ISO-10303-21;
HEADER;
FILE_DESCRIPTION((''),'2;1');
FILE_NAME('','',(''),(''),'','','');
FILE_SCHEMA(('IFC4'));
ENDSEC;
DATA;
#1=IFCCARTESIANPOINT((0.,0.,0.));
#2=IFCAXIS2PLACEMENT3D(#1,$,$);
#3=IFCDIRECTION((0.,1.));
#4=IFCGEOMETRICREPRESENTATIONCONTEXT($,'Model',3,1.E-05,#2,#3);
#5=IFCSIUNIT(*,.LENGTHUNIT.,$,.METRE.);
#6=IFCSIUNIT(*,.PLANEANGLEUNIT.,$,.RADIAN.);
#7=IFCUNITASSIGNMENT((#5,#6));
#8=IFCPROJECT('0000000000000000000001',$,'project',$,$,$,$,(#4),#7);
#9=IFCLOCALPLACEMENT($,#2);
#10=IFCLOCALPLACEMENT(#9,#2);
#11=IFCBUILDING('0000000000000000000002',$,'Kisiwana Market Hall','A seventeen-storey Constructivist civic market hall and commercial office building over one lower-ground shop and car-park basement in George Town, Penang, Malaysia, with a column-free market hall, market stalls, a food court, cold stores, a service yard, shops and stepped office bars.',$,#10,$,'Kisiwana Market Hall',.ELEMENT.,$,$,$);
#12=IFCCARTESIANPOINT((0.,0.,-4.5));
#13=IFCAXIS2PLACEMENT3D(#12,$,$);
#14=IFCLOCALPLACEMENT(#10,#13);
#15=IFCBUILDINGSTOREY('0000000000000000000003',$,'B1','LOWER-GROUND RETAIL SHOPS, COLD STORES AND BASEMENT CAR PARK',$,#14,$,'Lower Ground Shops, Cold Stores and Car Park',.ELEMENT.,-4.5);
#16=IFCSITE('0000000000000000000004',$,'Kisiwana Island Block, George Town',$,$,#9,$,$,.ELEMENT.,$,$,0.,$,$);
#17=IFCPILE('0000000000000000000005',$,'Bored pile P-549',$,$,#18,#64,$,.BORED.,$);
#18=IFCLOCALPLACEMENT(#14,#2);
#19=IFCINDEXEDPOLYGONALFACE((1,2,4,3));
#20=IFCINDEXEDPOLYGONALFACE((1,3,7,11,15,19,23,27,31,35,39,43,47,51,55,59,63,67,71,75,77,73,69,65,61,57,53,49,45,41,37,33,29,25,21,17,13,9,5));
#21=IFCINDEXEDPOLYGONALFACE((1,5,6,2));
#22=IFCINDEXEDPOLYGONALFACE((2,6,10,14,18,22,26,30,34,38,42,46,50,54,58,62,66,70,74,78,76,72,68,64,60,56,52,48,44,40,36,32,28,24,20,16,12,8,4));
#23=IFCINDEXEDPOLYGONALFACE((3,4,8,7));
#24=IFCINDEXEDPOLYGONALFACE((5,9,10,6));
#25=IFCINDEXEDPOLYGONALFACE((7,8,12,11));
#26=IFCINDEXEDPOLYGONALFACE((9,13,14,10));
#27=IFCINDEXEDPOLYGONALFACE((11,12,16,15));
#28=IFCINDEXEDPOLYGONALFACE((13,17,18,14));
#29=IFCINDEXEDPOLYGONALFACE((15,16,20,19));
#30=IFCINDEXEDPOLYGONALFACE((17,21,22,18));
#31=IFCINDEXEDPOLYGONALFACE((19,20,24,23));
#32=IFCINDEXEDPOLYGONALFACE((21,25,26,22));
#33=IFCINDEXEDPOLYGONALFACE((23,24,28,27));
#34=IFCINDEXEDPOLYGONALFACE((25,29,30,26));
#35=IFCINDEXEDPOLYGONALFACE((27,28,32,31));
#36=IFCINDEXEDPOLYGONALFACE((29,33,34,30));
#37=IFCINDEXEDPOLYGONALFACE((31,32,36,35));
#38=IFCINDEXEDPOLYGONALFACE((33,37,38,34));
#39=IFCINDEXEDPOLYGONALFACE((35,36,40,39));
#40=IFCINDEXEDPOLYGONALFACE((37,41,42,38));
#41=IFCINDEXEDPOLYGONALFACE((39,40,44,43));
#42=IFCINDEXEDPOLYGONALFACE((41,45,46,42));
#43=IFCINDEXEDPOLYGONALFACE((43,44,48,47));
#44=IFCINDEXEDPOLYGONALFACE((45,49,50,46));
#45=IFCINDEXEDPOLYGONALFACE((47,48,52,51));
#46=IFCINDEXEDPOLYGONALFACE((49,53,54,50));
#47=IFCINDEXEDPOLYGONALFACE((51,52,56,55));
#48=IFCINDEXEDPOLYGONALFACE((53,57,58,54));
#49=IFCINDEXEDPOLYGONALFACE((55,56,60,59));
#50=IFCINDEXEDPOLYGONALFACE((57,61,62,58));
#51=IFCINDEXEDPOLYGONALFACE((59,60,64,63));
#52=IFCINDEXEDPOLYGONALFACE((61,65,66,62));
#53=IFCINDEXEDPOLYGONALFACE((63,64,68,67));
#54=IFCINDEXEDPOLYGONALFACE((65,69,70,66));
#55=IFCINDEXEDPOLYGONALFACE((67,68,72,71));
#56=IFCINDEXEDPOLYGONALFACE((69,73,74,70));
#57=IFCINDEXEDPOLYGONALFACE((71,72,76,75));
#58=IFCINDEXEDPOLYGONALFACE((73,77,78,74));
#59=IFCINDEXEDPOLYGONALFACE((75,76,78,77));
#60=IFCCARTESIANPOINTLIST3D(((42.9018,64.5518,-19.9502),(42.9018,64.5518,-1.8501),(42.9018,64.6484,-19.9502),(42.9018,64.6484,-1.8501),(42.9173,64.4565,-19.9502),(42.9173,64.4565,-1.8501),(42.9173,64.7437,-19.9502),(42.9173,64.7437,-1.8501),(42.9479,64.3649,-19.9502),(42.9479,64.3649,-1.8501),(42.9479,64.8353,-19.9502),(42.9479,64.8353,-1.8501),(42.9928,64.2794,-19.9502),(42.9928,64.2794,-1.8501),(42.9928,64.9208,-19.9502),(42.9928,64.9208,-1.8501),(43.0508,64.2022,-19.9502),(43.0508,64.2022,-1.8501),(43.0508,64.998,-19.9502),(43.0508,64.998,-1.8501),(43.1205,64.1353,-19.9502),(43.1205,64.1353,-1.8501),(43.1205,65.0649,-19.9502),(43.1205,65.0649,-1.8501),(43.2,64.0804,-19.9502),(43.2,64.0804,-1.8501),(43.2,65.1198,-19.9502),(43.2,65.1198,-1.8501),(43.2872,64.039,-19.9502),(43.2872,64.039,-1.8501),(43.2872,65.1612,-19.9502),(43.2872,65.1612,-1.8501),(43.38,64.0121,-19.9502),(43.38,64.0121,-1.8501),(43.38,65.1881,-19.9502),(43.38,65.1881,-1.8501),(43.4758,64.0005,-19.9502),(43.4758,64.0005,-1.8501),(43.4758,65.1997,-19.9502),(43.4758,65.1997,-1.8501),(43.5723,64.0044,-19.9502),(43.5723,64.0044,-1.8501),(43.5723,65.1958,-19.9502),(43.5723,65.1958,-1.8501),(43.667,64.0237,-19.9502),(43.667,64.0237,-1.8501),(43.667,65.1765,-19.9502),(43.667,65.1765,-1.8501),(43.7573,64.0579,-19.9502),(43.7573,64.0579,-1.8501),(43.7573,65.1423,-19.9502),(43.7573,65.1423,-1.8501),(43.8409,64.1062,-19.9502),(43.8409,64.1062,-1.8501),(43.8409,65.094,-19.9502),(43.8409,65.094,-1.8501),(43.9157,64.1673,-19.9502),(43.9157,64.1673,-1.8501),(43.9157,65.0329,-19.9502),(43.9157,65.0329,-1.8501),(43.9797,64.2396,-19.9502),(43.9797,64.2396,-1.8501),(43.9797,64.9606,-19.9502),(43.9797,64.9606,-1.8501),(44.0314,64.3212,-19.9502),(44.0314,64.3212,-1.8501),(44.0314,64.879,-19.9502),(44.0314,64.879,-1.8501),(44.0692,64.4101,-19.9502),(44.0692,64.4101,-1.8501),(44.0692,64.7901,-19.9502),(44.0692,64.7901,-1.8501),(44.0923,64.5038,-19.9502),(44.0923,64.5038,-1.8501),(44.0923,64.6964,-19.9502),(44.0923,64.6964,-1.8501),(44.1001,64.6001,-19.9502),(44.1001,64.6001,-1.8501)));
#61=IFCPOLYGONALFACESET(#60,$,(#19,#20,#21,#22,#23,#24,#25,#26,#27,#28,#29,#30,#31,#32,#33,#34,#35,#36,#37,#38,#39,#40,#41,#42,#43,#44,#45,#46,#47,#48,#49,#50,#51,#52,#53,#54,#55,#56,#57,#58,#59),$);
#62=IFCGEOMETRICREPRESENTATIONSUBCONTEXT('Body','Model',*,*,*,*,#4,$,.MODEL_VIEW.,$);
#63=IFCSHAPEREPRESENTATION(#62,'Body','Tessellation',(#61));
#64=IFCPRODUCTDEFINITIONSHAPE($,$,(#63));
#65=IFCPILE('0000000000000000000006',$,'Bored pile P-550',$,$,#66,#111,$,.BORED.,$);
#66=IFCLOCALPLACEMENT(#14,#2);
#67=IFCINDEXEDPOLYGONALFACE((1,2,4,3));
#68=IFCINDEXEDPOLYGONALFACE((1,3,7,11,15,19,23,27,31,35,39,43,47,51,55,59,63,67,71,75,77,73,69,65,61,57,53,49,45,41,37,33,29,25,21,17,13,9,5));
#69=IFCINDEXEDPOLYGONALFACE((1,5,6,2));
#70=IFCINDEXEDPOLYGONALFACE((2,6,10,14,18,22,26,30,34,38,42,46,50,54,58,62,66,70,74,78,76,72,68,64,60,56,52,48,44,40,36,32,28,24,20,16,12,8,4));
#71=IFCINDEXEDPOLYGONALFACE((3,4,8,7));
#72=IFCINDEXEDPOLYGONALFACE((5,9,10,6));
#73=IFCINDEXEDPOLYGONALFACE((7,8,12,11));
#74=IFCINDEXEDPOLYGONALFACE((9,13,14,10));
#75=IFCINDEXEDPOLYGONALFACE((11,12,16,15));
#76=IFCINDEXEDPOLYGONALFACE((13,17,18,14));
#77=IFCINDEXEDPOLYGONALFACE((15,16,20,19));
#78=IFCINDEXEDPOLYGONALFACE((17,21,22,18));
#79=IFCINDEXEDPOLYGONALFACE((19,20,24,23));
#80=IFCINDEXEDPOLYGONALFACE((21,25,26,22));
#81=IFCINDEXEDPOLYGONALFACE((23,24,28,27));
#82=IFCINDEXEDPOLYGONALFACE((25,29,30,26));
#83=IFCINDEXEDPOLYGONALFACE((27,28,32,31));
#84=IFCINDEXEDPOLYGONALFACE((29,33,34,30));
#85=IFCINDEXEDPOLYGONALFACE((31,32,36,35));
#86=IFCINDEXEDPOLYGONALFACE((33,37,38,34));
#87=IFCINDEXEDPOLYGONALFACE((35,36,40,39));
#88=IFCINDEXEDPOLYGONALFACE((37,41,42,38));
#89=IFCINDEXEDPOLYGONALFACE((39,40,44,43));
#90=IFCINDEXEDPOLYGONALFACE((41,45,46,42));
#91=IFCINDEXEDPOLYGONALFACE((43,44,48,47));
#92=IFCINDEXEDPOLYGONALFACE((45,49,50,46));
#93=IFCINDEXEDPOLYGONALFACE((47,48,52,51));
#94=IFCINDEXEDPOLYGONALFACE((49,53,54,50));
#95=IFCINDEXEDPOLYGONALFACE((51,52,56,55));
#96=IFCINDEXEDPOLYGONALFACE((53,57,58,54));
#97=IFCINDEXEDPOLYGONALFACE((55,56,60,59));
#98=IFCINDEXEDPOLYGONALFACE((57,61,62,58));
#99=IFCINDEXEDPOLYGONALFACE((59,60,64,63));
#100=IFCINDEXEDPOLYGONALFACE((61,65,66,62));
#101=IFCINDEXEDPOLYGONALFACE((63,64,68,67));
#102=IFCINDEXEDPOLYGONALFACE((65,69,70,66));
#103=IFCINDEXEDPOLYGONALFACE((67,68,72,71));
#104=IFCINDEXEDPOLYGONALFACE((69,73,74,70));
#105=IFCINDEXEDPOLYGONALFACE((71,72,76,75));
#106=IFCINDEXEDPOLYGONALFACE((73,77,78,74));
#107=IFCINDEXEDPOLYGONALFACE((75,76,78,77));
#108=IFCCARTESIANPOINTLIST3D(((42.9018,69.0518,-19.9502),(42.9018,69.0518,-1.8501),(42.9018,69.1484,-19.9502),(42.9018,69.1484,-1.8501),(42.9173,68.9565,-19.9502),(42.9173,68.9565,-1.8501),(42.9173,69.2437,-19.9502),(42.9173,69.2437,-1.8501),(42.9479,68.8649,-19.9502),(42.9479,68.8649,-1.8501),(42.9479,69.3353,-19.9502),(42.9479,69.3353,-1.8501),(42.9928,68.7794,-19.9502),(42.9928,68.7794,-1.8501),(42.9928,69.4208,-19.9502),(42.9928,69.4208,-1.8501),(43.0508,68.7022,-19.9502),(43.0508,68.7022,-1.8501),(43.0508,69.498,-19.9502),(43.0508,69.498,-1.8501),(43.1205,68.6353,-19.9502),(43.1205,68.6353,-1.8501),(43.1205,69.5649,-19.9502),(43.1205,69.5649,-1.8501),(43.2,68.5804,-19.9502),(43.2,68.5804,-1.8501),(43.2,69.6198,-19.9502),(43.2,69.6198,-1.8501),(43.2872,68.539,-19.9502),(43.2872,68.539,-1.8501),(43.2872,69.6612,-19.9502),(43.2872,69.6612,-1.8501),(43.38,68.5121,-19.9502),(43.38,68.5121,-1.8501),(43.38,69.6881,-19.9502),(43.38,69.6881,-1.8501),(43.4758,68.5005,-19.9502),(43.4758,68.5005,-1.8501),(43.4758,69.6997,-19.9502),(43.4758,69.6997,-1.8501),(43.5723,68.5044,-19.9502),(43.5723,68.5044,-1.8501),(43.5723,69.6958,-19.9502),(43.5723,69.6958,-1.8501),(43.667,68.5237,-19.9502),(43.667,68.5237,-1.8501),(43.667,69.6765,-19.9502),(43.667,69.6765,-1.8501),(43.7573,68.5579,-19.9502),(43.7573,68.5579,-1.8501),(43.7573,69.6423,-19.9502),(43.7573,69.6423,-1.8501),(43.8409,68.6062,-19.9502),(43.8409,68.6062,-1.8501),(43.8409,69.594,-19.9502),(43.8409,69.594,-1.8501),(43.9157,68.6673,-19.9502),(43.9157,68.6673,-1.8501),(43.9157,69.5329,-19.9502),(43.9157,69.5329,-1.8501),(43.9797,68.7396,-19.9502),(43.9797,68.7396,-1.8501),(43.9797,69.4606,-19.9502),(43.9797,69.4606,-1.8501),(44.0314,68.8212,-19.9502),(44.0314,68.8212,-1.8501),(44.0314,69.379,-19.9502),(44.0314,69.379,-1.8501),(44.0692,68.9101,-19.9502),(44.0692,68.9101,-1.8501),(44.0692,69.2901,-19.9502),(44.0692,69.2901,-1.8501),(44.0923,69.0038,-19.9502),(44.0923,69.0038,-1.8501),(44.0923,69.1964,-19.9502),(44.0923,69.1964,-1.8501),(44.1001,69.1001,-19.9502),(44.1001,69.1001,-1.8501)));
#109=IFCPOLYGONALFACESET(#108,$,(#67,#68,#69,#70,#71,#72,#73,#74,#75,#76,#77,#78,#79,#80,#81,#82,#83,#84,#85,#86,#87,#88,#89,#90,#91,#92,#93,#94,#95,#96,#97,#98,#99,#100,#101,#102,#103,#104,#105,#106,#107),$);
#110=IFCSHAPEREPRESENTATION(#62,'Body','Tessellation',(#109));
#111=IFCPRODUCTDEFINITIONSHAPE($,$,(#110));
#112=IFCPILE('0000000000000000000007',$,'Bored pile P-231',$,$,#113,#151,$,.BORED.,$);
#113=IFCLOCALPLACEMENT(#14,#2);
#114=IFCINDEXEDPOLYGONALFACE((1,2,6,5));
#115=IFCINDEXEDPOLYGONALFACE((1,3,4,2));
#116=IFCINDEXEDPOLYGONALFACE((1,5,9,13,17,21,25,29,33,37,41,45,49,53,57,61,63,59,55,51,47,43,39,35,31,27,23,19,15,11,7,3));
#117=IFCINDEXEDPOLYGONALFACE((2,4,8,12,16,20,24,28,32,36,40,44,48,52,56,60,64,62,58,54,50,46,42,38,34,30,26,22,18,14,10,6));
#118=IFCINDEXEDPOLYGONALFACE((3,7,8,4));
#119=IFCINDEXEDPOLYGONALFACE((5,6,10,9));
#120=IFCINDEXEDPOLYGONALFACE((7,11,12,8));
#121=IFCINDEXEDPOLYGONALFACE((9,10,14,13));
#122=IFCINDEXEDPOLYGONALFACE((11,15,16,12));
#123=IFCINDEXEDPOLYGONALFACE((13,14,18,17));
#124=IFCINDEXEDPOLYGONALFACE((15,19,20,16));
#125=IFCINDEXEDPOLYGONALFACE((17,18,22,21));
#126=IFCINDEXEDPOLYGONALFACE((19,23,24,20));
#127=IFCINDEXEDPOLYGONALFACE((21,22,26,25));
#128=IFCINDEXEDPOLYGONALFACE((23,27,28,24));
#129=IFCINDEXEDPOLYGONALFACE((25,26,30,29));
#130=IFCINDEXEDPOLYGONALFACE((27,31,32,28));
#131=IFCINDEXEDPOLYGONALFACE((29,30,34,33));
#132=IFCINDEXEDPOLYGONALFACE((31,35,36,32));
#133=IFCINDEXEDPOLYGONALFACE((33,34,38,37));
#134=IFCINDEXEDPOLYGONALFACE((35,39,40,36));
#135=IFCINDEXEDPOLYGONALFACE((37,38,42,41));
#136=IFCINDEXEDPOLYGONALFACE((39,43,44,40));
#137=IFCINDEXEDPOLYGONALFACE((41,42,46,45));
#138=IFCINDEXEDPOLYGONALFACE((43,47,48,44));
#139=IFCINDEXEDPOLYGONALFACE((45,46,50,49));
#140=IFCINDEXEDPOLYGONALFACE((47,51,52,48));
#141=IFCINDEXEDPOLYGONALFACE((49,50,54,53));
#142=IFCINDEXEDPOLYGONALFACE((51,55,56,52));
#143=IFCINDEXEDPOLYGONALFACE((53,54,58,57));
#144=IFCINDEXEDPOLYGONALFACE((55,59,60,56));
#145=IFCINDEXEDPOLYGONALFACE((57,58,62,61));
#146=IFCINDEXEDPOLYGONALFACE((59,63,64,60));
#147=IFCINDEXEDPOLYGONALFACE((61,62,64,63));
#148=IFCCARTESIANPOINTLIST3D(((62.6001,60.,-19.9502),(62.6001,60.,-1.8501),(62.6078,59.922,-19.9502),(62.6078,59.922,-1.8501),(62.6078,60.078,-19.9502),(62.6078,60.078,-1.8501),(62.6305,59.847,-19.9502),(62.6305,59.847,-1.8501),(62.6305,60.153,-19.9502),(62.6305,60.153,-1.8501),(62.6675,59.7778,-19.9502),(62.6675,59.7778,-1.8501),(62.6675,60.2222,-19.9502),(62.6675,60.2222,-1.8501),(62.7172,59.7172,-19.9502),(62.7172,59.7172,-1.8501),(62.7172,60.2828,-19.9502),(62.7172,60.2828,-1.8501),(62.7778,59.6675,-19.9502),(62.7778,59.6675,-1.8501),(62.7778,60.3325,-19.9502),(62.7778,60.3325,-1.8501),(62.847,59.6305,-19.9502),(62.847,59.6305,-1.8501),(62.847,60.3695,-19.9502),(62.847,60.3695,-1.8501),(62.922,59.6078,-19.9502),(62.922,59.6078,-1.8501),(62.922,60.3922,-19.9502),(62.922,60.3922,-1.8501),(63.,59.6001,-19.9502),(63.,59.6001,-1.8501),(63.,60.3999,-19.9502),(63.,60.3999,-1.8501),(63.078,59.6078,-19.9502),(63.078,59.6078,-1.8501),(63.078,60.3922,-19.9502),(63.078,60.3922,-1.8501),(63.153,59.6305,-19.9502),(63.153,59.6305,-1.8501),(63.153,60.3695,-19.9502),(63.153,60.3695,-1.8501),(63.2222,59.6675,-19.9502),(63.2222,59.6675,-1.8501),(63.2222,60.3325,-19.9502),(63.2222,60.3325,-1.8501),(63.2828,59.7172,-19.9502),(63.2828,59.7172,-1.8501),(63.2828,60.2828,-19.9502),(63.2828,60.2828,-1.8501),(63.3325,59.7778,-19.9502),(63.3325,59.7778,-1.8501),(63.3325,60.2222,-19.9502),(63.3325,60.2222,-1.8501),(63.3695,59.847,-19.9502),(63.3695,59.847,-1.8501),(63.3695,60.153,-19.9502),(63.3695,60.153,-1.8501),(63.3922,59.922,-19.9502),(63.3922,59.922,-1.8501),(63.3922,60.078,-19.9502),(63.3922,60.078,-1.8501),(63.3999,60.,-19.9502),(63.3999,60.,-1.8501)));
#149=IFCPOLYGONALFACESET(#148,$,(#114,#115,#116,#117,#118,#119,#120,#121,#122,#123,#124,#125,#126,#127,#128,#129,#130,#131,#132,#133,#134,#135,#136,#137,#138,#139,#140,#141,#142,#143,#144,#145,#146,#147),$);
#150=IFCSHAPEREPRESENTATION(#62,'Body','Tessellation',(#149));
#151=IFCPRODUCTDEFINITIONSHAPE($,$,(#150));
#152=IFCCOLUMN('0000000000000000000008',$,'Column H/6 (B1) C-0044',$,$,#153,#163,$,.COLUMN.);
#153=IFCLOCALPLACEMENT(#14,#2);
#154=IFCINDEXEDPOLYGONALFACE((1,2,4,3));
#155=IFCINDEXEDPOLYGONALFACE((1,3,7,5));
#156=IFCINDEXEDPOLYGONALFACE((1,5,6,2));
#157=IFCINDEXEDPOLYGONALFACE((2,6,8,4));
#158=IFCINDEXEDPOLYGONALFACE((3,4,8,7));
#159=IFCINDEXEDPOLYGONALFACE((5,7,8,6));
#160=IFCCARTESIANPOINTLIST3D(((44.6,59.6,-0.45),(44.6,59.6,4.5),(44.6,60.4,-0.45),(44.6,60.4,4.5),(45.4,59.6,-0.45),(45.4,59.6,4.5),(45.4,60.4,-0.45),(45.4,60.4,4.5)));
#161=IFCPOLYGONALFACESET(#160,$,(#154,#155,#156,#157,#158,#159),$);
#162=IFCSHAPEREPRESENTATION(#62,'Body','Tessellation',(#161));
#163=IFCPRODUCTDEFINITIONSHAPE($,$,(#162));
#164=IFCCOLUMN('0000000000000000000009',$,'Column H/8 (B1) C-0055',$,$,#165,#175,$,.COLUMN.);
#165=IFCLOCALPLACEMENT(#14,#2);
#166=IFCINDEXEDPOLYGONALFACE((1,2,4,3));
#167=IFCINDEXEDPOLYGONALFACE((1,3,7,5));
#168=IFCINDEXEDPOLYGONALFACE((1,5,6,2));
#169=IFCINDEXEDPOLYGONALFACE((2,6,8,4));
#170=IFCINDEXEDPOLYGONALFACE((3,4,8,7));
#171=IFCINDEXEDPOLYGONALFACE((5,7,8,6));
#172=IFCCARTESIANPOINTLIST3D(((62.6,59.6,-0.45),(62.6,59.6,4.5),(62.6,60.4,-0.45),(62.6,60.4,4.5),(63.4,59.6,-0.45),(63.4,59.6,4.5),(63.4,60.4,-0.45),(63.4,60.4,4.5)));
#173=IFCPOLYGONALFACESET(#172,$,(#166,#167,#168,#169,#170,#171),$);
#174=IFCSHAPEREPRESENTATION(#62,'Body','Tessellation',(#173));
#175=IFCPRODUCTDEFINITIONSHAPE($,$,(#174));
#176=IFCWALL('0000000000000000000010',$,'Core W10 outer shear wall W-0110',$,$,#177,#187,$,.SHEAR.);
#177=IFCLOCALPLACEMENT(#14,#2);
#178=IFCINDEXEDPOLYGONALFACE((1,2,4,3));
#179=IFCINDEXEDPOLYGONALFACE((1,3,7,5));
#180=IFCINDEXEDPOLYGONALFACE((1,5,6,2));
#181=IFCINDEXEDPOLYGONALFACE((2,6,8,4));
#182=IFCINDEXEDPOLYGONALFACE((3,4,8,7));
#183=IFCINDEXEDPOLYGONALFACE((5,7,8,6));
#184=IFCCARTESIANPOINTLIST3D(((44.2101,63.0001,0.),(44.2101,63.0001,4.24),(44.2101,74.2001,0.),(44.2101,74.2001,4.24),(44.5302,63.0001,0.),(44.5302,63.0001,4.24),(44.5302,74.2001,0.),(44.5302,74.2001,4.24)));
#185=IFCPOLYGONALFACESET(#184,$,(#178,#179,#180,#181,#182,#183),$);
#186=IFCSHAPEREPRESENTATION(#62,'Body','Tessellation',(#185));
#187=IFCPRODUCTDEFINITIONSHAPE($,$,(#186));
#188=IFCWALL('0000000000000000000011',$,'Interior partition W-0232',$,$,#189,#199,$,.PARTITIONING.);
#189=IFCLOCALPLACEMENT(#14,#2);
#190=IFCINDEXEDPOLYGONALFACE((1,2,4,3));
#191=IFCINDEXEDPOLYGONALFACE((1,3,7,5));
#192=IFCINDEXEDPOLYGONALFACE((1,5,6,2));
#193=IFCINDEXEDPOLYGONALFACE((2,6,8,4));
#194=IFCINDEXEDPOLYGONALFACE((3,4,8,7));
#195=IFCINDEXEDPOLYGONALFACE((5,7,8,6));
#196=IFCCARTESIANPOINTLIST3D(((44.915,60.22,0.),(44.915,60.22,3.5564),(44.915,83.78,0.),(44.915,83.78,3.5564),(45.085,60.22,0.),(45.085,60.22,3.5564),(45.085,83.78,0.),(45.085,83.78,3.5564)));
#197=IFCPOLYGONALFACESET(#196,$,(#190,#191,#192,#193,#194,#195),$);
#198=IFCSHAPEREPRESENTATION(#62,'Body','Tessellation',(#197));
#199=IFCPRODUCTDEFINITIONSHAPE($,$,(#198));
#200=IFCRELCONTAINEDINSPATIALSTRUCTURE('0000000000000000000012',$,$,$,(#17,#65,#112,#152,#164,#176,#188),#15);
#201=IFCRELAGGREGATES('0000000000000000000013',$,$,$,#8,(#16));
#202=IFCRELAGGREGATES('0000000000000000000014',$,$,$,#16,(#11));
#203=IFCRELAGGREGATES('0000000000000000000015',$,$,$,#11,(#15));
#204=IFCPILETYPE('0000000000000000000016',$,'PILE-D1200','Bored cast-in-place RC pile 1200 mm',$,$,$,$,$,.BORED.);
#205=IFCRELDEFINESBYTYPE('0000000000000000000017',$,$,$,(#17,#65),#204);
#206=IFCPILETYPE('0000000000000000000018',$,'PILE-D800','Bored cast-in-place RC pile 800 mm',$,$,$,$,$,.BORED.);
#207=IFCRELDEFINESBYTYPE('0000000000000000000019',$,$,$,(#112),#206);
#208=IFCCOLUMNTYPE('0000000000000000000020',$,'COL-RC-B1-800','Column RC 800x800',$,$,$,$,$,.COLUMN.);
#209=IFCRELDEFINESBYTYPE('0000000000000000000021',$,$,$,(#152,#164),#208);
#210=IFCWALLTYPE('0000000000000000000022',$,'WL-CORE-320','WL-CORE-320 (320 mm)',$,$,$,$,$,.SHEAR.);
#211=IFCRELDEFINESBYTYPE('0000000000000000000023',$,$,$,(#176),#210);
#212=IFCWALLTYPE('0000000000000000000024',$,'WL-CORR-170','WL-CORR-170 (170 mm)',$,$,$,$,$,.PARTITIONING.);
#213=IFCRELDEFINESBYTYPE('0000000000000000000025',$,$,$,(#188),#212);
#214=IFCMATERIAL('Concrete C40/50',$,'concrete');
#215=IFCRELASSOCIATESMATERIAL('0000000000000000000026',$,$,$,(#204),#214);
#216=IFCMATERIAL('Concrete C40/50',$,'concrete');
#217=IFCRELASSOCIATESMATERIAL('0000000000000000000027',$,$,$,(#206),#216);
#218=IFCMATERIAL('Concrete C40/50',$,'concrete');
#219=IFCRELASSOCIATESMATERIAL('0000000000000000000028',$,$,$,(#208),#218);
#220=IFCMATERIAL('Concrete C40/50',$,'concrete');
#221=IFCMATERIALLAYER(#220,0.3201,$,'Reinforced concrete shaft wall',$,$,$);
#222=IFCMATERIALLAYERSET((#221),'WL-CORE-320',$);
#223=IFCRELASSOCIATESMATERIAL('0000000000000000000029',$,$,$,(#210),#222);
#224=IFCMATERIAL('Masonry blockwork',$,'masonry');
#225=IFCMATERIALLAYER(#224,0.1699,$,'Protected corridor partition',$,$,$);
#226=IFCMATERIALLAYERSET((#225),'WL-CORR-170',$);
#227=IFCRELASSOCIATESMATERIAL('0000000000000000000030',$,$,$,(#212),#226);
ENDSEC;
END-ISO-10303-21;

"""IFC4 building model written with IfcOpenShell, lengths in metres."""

from ifc_helpers import new_model, si_unit, direction, frame, frame_2d, origin, origin_2d, place, context, subcontext, project, spatial, rectangle, circle, extrude, material, layer, layer_set, material_profile, profile_set, type_object, element, save


model = new_model("IFC4")

# Units and contexts
model_context = context("Model", 3, precision=1e-05, world=origin(), true_north=direction((0.0, 1.0)))
body_context = subcontext(model_context, "Body", "Model", "MODEL_VIEW")
ifc_project = project(units=[si_unit("LENGTHUNIT", "METRE"), si_unit("PLANEANGLEUNIT", "RADIAN")], contexts=[model_context])

# Site, building, storey
site_placement = place(None, origin())
site = spatial("IfcSite", under=ifc_project, at=site_placement, Name="Kisiwana Island Block, George Town", CompositionType="ELEMENT", RefElevation=0.0)
building_placement = place(site_placement, origin())
building = spatial("IfcBuilding", under=site, at=building_placement, Name="Kisiwana Market Hall", Description="A seventeen-storey Constructivist civic market hall and commercial office building over one lower-ground shop and car-park basement in George Town, Penang, Malaysia, with a column-free market hall, market stalls, a food court, cold stores, a service yard, shops and stepped office bars.", LongName="Kisiwana Market Hall", CompositionType="ELEMENT")
storey_placement = place(building_placement, frame((0.0, 0.0, -4.5)))
storey = spatial("IfcBuildingStorey", under=building, at=storey_placement, Name="B1", Description="LOWER-GROUND RETAIL SHOPS, COLD STORES AND BASEMENT CAR PARK", LongName="Lower Ground Shops, Cold Stores and Car Park", CompositionType="ELEMENT", Elevation=-4.5)

# Piles
ifc_material_1 = material(Name="Concrete C40/50", Category="concrete")
ifc_material_profile_1 = material_profile(ifc_material_1, circle(Radius=0.6001, at=origin_2d()), Name="BP D1200")
ifc_profile_set_1 = profile_set([ifc_material_profile_1], Name="Concrete C40/50")
pile_type_1 = type_object("IfcPileType", Name="PILE-D1200", Description="Bored cast-in-place RC pile 1200 mm", PredefinedType="BORED", material=ifc_profile_set_1)
for number, where, z_axis, x_axis, name in (
    (1, (43.5, 64.6001, -1.8501), (0.0, 0.0, -1.0), (1.0, 0.0, 0.0), "Bored pile P-549"),
    (2, (43.5, 69.1001, -1.8501), (0.0, 0.0, -1.0), (1.0, 0.0, 0.0), "Bored pile P-550"),
):
    element("IfcPile", number, at=place(storey_placement, frame(where, z_axis=z_axis, x_axis=x_axis)), inside=storey, type_object=pile_type_1, Name=name, PredefinedType="BORED", context=body_context, shape_type="SweptSolid", body=[
        extrude(circle(Radius=0.6001, at=origin_2d()), origin(), (0.0, 0.0, 1.0), 18.1001),
    ])
ifc_material_2 = material(Name="Concrete C40/50", Category="concrete")
ifc_material_profile_2 = material_profile(ifc_material_2, circle(Radius=0.3999, at=origin_2d()), Name="BP D800")
ifc_profile_set_2 = profile_set([ifc_material_profile_2], Name="Concrete C40/50")
pile_type_2 = type_object("IfcPileType", Name="PILE-D800", Description="Bored cast-in-place RC pile 800 mm", PredefinedType="BORED", material=ifc_profile_set_2)
pile_placement = place(storey_placement, frame((63.0, 60.0, -1.8501), z_axis=(0.0, 0.0, -1.0), x_axis=(1.0, 0.0, 0.0)))
element("IfcPile", 3, at=pile_placement, inside=storey, type_object=pile_type_2, Name="Bored pile P-231", PredefinedType="BORED", context=body_context, shape_type="SweptSolid", body=[
    extrude(circle(Radius=0.3999, at=origin_2d()), origin(), (0.0, 0.0, 1.0), 18.1001),
])

# Columns
ifc_material_3 = material(Name="Concrete C40/50", Category="concrete")
ifc_material_profile_3 = material_profile(ifc_material_3, rectangle(XDim=0.8, YDim=0.8, at=origin_2d()), Name="RC 800x800")
ifc_profile_set_3 = profile_set([ifc_material_profile_3], Name="Concrete C40/50")
column_type = type_object("IfcColumnType", Name="COL-RC-B1-800", Description="Column RC 800x800", PredefinedType="COLUMN", material=ifc_profile_set_3)
for number, where, z_axis, x_axis, name in (
    (4, (45.0, 60.0, -0.45), (0.0, 0.0, 1.0), (1.0, 0.0, 0.0), "Column H/6 (B1) C-0044"),
    (5, (63.0, 60.0, -0.45), (0.0, 0.0, 1.0), (1.0, 0.0, 0.0), "Column H/8 (B1) C-0055"),
):
    element("IfcColumn", number, at=place(storey_placement, frame(where, z_axis=z_axis, x_axis=x_axis)), inside=storey, type_object=column_type, Name=name, PredefinedType="COLUMN", context=body_context, shape_type="SweptSolid", body=[
        extrude(rectangle(XDim=0.8, YDim=0.8, at=origin_2d()), origin(), (0.0, 0.0, 1.0), 4.95),
    ])

# Walls
ifc_material_4 = material(Name="Concrete C40/50", Category="concrete")
ifc_layer_1 = layer(ifc_material_4, 0.3201, Name="Reinforced concrete shaft wall")
ifc_layer_set_1 = layer_set([ifc_layer_1], Name="WL-CORE-320")
wall_type_1 = type_object("IfcWallType", Name="WL-CORE-320", Description="WL-CORE-320 (320 mm)", PredefinedType="SHEAR", material=ifc_layer_set_1)
wall_1_placement = place(storey_placement, frame((44.3701, 63.0, 0.0), z_axis=(0.0, 0.0, 1.0), x_axis=(0.0, 1.0, 0.0)))
element("IfcWall", 6, at=wall_1_placement, inside=storey, type_object=wall_type_1, Name="Core W10 outer shear wall W-0110", PredefinedType="SHEAR", context=body_context, shape_type="SweptSolid", body=[
    extrude(rectangle(XDim=11.2, YDim=0.3201, at=frame_2d((5.6001, 0.0))), origin(), (0.0, 0.0, 1.0), 4.24),
])
ifc_material_5 = material(Name="Masonry blockwork", Category="masonry")
ifc_layer_2 = layer(ifc_material_5, 0.1699, Name="Protected corridor partition")
ifc_layer_set_2 = layer_set([ifc_layer_2], Name="WL-CORR-170")
wall_type_2 = type_object("IfcWallType", Name="WL-CORR-170", Description="WL-CORR-170 (170 mm)", PredefinedType="PARTITIONING", material=ifc_layer_set_2)
wall_2_placement = place(storey_placement, frame((45.0, 60.22, 0.0), z_axis=(0.0, 0.0, 1.0), x_axis=(0.0, 1.0, 0.0)))
element("IfcWall", 7, at=wall_2_placement, inside=storey, type_object=wall_type_2, Name="Interior partition W-0232", PredefinedType="PARTITIONING", context=body_context, shape_type="SweptSolid", body=[
    extrude(rectangle(XDim=23.5601, YDim=0.1699, at=frame_2d((11.78, 0.0))), origin(), (0.0, 0.0, 1.0), 3.5564),
])

save(model, "model.ifc")
